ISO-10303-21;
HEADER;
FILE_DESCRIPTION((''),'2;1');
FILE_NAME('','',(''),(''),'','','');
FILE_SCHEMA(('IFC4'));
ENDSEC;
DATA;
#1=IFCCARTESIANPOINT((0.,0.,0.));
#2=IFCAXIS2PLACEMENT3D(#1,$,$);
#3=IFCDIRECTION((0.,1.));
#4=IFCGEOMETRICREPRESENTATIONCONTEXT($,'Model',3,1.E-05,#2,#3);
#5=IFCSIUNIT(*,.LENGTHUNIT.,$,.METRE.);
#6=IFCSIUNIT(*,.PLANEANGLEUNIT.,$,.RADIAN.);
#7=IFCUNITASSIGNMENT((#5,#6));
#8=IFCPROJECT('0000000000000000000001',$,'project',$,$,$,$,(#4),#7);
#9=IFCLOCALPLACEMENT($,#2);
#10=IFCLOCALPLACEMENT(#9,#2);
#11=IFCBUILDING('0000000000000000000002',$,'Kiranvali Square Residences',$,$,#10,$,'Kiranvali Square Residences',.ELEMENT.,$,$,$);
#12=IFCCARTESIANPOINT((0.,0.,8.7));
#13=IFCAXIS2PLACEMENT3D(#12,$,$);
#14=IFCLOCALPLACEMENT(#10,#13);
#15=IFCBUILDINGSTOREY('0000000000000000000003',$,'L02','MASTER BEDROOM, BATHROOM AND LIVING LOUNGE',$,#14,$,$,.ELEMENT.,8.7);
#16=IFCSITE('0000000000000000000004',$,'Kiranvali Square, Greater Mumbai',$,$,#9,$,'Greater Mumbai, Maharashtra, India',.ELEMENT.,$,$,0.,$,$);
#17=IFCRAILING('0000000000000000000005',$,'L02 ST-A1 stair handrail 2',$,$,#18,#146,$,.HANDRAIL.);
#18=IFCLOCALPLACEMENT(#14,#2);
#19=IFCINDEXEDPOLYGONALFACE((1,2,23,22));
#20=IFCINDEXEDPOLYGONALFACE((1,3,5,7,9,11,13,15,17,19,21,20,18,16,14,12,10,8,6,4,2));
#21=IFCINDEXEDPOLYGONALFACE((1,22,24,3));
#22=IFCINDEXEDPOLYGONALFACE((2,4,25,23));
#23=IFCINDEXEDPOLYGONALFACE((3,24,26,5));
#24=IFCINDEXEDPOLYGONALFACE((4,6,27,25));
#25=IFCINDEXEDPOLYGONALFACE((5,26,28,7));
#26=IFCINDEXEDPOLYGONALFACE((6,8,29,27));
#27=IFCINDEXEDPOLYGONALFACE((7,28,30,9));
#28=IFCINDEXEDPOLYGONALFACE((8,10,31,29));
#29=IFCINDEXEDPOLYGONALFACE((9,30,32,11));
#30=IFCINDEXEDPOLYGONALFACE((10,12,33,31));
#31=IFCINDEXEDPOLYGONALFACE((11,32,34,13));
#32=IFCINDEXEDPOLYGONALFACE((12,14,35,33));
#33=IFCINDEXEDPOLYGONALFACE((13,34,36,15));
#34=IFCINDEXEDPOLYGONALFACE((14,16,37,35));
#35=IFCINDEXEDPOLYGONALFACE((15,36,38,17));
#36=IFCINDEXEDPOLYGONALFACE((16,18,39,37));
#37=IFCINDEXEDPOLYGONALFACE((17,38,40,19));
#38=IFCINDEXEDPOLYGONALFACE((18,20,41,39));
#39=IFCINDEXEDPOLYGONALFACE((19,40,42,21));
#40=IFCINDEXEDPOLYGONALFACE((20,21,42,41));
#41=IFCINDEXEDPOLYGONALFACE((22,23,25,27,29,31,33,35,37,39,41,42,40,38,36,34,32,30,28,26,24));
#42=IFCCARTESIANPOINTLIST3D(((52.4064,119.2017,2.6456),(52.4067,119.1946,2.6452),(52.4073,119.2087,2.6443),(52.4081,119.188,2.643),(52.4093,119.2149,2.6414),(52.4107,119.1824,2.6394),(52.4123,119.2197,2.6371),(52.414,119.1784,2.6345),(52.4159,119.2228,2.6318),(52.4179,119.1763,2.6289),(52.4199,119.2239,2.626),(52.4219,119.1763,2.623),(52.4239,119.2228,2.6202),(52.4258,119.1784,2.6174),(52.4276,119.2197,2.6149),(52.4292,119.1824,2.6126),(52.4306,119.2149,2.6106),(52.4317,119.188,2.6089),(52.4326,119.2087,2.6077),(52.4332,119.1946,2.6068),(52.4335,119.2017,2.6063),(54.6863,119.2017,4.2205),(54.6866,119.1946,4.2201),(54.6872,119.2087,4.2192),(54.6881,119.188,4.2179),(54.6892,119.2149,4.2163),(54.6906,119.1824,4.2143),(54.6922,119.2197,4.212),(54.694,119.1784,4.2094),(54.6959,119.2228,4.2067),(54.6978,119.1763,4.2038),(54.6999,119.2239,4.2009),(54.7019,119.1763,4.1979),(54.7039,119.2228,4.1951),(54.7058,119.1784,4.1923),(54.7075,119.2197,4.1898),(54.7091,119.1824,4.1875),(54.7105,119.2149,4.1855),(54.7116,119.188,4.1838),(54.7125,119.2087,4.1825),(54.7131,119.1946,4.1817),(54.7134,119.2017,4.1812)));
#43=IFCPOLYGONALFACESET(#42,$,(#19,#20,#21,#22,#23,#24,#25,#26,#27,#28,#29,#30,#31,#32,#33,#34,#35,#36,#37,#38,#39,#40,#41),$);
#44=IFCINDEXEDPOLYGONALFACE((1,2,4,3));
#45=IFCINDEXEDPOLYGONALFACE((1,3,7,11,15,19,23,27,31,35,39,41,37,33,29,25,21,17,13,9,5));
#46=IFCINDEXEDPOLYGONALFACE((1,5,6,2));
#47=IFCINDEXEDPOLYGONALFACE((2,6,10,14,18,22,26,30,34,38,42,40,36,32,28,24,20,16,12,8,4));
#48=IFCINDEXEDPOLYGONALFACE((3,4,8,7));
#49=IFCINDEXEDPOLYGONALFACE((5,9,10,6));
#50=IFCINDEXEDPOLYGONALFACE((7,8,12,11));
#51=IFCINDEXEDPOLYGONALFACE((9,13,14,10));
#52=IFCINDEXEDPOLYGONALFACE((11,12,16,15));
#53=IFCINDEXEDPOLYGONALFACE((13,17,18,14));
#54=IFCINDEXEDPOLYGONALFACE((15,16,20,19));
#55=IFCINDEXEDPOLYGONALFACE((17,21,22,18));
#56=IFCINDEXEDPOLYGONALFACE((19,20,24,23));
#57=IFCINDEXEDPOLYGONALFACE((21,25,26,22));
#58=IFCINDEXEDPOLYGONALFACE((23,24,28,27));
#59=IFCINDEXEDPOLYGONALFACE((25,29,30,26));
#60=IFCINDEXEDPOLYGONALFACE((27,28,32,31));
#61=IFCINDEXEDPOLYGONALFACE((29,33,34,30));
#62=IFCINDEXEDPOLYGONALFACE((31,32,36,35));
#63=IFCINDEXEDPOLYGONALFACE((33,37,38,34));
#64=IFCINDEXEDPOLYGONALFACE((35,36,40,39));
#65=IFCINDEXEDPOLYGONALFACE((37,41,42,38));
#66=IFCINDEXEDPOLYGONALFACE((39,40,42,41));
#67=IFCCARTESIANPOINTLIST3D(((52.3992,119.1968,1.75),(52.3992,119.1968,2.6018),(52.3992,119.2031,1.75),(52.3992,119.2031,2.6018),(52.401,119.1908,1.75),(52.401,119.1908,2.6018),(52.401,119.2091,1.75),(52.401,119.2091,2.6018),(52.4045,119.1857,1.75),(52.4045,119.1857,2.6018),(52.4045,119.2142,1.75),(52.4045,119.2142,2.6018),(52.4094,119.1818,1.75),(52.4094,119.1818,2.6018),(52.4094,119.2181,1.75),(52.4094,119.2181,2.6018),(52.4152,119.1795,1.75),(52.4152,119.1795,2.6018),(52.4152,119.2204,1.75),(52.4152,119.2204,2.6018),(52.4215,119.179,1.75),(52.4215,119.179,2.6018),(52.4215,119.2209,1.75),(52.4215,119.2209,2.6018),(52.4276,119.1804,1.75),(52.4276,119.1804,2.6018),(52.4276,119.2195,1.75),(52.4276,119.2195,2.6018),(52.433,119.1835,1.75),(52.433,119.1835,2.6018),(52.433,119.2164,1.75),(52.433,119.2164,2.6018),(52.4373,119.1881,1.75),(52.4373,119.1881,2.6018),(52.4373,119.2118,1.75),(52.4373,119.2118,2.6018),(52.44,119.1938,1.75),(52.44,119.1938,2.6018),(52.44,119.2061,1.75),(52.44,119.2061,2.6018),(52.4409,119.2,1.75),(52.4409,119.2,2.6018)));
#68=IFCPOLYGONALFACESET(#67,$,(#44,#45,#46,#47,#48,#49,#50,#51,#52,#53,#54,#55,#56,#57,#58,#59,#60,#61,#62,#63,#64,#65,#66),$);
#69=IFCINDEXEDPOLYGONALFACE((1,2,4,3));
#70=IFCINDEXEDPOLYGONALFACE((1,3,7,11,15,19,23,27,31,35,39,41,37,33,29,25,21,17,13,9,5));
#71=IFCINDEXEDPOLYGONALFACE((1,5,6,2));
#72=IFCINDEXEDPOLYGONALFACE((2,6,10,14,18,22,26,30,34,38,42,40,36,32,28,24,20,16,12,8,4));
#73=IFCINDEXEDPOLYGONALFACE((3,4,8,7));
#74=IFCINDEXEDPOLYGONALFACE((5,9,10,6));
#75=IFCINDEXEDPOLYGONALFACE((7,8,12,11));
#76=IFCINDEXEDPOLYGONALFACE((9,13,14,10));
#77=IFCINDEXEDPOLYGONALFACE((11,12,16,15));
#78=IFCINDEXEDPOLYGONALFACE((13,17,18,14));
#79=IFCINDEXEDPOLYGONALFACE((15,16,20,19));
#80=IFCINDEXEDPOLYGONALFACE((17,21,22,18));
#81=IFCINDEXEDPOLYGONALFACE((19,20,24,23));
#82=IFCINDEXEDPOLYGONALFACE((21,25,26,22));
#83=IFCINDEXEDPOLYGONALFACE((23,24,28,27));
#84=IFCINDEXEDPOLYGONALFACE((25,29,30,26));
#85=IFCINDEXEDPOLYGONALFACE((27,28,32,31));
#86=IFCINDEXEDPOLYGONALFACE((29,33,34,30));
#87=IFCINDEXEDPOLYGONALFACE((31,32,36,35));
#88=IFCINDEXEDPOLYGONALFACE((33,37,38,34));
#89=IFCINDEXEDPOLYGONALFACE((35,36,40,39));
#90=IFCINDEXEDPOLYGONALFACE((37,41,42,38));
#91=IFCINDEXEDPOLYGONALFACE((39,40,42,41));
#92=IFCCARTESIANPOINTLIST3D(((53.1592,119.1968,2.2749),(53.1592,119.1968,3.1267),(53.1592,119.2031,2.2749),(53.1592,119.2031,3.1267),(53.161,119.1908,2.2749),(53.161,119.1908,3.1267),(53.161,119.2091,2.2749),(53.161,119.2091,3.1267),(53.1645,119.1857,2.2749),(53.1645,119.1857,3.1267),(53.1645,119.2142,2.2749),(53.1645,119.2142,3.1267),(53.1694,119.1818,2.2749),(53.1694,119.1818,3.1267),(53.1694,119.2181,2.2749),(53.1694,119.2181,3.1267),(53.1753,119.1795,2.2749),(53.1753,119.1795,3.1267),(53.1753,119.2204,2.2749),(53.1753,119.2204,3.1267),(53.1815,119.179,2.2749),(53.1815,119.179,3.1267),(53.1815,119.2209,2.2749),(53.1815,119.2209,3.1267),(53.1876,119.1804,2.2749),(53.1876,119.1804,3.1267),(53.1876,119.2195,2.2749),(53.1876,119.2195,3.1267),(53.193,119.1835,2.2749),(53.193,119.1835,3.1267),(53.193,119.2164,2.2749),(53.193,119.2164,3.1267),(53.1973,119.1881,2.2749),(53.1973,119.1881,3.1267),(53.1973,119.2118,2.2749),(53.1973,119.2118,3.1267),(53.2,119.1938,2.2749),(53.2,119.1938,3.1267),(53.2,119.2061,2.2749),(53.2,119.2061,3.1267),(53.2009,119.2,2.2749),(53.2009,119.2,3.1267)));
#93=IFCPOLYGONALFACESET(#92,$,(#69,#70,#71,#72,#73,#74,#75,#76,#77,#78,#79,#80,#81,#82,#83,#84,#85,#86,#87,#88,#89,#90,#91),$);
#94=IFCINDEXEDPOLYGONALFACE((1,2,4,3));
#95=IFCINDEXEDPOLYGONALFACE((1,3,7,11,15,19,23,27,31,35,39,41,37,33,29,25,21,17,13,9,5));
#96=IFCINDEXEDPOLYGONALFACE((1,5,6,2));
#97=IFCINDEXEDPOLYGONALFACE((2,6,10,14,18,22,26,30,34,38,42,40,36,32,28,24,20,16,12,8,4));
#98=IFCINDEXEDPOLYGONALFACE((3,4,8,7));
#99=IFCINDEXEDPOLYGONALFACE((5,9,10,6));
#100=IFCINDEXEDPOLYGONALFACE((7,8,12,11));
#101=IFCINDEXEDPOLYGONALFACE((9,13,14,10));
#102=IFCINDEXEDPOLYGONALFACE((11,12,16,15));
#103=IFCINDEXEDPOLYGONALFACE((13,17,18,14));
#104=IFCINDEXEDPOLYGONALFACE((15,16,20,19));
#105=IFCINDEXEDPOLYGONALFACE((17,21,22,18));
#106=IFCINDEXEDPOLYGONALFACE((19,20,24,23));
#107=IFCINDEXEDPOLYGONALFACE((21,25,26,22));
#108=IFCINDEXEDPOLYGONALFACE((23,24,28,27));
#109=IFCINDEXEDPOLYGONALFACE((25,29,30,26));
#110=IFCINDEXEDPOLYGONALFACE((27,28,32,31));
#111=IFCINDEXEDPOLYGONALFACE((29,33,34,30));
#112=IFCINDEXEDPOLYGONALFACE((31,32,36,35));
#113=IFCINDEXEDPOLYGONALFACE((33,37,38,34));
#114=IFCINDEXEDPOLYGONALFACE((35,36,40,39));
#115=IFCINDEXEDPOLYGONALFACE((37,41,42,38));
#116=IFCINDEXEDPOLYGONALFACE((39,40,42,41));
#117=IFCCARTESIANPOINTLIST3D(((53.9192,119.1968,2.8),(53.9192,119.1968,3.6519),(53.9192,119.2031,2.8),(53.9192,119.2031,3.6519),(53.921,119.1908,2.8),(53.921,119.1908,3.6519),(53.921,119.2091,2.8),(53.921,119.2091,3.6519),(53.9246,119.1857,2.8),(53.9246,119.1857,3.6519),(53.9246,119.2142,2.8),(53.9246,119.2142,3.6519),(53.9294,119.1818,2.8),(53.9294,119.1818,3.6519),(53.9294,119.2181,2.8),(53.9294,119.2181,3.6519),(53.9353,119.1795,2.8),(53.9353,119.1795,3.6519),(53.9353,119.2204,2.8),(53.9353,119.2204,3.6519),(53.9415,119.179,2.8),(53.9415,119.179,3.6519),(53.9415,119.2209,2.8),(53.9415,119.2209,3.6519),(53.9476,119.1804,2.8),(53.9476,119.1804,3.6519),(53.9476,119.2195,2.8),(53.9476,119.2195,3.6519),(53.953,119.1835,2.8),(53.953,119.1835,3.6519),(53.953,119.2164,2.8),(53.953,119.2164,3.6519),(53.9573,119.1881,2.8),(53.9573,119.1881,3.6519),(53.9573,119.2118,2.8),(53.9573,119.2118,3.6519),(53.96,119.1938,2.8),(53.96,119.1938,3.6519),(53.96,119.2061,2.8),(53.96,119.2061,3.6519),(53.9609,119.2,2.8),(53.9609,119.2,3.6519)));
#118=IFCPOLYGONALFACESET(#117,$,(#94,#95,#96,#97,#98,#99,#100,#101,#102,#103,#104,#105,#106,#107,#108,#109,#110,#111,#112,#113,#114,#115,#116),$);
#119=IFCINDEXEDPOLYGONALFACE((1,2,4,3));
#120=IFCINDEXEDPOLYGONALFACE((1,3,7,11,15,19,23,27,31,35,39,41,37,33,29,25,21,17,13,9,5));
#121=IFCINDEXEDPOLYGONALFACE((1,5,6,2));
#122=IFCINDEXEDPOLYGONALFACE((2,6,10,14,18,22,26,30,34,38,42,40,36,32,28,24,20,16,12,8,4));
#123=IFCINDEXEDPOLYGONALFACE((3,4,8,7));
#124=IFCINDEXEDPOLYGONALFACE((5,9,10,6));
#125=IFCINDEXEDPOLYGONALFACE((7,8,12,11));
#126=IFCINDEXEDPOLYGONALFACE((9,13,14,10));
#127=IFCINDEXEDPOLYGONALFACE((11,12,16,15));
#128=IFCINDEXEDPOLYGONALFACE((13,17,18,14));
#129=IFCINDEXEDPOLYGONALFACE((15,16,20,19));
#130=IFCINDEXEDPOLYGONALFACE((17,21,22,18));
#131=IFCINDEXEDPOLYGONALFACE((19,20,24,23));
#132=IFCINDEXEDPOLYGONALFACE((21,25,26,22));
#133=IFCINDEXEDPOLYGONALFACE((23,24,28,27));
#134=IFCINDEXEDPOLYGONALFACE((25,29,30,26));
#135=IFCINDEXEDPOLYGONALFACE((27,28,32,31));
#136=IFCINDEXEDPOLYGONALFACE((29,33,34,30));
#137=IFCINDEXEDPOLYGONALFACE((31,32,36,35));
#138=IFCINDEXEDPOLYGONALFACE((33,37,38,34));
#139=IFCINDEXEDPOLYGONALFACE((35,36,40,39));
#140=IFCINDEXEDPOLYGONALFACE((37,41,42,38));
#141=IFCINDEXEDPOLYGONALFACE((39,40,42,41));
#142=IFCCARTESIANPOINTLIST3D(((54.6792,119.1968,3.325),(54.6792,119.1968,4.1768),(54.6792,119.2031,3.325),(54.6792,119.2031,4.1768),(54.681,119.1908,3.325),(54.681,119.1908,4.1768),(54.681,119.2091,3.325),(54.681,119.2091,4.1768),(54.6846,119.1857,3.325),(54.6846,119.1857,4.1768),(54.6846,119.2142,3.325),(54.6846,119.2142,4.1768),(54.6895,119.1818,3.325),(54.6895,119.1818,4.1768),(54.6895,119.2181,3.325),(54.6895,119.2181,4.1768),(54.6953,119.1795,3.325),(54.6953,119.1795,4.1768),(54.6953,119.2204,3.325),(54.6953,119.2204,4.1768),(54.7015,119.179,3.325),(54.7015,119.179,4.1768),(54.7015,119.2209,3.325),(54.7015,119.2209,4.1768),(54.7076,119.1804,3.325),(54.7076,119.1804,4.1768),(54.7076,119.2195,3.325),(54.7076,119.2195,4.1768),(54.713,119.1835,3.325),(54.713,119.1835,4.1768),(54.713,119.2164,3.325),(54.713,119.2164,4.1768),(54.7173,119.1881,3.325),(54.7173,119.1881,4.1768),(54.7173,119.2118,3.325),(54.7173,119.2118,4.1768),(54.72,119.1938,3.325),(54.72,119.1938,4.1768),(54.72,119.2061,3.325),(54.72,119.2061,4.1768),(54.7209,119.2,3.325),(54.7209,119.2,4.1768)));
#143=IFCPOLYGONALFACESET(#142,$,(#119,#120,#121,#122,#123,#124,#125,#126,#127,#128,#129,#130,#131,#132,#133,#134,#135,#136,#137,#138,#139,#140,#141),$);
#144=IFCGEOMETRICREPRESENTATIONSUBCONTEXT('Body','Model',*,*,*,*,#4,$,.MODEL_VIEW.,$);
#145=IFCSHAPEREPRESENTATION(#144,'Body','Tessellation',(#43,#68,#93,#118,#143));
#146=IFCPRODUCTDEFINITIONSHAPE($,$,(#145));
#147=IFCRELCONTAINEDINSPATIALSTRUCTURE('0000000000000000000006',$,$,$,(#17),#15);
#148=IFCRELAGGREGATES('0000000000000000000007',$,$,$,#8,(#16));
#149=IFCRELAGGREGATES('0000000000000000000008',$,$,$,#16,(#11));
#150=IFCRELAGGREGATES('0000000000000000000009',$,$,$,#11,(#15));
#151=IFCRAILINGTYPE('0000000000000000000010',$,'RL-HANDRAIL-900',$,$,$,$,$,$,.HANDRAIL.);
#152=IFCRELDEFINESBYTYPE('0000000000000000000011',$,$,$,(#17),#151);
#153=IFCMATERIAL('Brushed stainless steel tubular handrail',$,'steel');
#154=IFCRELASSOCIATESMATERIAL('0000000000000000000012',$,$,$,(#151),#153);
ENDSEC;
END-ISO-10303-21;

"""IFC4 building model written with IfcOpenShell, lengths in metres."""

from ifc_helpers import new_model, si_unit, direction, frame, origin, origin_2d, place, context, subcontext, project, spatial, circle, extrude, material, type_object, element, save


model = new_model("IFC4")

# Units and contexts
model_context = context("Model", 3, precision=1e-05, world=origin(), true_north=direction((0.0, 1.0)))
body_context = subcontext(model_context, "Body", "Model", "MODEL_VIEW")
ifc_project = project(units=[si_unit("LENGTHUNIT", "METRE"), si_unit("PLANEANGLEUNIT", "RADIAN")], contexts=[model_context])

# Site, building, storey
site_placement = place(None, origin())
site = spatial("IfcSite", under=ifc_project, at=site_placement, Name="Kiranvali Square, Greater Mumbai", LongName="Greater Mumbai, Maharashtra, India", CompositionType="ELEMENT", RefElevation=0.0)
building_placement = place(site_placement, origin())
building = spatial("IfcBuilding", under=site, at=building_placement, Name="Kiranvali Square Residences", LongName="Kiranvali Square Residences", CompositionType="ELEMENT")
storey_placement = place(building_placement, frame((0.0, 0.0, 8.7)))
storey = spatial("IfcBuildingStorey", under=building, at=storey_placement, Name="L02", Description="MASTER BEDROOM, BATHROOM AND LIVING LOUNGE", CompositionType="ELEMENT", Elevation=8.7)

# Railing
ifc_material_1 = material(Name="Brushed stainless steel tubular handrail", Category="steel")
railing_type_1 = type_object("IfcRailingType", Name="RL-HANDRAIL-900", PredefinedType="HANDRAIL", material=ifc_material_1)
railing_1_placement = place(storey_placement, frame((52.4199, 119.2, 1.75)))
element("IfcRailing", 1, at=railing_1_placement, inside=storey, type_object=railing_type_1, Name="L02 ST-A1 stair handrail 2", PredefinedType="HANDRAIL", context=body_context, shape_type="SweptSolid", body=[
    extrude(circle(Radius=0.0239, at=origin_2d()), frame((0.0, 0.0, 0.876), z_axis=(0.822788, 0.0, 0.568348), x_axis=(0.0, 1.0, 0.0)), (0.0, 0.0, 1.0), 2.771),
    extrude(circle(Radius=0.021, at=origin_2d()), origin(), (0.0, 0.0, 1.0), 0.8518),
    extrude(circle(Radius=0.021, at=origin_2d()), frame((0.76, 0.0, 0.5249)), (0.0, 0.0, 1.0), 0.8518),
    extrude(circle(Radius=0.021, at=origin_2d()), frame((1.52, 0.0, 1.05)), (0.0, 0.0, 1.0), 0.8518),
    extrude(circle(Radius=0.021, at=origin_2d()), frame((2.28, 0.0, 1.575)), (0.0, 0.0, 1.0), 0.8518),
])

save(model, "model.ifc")
